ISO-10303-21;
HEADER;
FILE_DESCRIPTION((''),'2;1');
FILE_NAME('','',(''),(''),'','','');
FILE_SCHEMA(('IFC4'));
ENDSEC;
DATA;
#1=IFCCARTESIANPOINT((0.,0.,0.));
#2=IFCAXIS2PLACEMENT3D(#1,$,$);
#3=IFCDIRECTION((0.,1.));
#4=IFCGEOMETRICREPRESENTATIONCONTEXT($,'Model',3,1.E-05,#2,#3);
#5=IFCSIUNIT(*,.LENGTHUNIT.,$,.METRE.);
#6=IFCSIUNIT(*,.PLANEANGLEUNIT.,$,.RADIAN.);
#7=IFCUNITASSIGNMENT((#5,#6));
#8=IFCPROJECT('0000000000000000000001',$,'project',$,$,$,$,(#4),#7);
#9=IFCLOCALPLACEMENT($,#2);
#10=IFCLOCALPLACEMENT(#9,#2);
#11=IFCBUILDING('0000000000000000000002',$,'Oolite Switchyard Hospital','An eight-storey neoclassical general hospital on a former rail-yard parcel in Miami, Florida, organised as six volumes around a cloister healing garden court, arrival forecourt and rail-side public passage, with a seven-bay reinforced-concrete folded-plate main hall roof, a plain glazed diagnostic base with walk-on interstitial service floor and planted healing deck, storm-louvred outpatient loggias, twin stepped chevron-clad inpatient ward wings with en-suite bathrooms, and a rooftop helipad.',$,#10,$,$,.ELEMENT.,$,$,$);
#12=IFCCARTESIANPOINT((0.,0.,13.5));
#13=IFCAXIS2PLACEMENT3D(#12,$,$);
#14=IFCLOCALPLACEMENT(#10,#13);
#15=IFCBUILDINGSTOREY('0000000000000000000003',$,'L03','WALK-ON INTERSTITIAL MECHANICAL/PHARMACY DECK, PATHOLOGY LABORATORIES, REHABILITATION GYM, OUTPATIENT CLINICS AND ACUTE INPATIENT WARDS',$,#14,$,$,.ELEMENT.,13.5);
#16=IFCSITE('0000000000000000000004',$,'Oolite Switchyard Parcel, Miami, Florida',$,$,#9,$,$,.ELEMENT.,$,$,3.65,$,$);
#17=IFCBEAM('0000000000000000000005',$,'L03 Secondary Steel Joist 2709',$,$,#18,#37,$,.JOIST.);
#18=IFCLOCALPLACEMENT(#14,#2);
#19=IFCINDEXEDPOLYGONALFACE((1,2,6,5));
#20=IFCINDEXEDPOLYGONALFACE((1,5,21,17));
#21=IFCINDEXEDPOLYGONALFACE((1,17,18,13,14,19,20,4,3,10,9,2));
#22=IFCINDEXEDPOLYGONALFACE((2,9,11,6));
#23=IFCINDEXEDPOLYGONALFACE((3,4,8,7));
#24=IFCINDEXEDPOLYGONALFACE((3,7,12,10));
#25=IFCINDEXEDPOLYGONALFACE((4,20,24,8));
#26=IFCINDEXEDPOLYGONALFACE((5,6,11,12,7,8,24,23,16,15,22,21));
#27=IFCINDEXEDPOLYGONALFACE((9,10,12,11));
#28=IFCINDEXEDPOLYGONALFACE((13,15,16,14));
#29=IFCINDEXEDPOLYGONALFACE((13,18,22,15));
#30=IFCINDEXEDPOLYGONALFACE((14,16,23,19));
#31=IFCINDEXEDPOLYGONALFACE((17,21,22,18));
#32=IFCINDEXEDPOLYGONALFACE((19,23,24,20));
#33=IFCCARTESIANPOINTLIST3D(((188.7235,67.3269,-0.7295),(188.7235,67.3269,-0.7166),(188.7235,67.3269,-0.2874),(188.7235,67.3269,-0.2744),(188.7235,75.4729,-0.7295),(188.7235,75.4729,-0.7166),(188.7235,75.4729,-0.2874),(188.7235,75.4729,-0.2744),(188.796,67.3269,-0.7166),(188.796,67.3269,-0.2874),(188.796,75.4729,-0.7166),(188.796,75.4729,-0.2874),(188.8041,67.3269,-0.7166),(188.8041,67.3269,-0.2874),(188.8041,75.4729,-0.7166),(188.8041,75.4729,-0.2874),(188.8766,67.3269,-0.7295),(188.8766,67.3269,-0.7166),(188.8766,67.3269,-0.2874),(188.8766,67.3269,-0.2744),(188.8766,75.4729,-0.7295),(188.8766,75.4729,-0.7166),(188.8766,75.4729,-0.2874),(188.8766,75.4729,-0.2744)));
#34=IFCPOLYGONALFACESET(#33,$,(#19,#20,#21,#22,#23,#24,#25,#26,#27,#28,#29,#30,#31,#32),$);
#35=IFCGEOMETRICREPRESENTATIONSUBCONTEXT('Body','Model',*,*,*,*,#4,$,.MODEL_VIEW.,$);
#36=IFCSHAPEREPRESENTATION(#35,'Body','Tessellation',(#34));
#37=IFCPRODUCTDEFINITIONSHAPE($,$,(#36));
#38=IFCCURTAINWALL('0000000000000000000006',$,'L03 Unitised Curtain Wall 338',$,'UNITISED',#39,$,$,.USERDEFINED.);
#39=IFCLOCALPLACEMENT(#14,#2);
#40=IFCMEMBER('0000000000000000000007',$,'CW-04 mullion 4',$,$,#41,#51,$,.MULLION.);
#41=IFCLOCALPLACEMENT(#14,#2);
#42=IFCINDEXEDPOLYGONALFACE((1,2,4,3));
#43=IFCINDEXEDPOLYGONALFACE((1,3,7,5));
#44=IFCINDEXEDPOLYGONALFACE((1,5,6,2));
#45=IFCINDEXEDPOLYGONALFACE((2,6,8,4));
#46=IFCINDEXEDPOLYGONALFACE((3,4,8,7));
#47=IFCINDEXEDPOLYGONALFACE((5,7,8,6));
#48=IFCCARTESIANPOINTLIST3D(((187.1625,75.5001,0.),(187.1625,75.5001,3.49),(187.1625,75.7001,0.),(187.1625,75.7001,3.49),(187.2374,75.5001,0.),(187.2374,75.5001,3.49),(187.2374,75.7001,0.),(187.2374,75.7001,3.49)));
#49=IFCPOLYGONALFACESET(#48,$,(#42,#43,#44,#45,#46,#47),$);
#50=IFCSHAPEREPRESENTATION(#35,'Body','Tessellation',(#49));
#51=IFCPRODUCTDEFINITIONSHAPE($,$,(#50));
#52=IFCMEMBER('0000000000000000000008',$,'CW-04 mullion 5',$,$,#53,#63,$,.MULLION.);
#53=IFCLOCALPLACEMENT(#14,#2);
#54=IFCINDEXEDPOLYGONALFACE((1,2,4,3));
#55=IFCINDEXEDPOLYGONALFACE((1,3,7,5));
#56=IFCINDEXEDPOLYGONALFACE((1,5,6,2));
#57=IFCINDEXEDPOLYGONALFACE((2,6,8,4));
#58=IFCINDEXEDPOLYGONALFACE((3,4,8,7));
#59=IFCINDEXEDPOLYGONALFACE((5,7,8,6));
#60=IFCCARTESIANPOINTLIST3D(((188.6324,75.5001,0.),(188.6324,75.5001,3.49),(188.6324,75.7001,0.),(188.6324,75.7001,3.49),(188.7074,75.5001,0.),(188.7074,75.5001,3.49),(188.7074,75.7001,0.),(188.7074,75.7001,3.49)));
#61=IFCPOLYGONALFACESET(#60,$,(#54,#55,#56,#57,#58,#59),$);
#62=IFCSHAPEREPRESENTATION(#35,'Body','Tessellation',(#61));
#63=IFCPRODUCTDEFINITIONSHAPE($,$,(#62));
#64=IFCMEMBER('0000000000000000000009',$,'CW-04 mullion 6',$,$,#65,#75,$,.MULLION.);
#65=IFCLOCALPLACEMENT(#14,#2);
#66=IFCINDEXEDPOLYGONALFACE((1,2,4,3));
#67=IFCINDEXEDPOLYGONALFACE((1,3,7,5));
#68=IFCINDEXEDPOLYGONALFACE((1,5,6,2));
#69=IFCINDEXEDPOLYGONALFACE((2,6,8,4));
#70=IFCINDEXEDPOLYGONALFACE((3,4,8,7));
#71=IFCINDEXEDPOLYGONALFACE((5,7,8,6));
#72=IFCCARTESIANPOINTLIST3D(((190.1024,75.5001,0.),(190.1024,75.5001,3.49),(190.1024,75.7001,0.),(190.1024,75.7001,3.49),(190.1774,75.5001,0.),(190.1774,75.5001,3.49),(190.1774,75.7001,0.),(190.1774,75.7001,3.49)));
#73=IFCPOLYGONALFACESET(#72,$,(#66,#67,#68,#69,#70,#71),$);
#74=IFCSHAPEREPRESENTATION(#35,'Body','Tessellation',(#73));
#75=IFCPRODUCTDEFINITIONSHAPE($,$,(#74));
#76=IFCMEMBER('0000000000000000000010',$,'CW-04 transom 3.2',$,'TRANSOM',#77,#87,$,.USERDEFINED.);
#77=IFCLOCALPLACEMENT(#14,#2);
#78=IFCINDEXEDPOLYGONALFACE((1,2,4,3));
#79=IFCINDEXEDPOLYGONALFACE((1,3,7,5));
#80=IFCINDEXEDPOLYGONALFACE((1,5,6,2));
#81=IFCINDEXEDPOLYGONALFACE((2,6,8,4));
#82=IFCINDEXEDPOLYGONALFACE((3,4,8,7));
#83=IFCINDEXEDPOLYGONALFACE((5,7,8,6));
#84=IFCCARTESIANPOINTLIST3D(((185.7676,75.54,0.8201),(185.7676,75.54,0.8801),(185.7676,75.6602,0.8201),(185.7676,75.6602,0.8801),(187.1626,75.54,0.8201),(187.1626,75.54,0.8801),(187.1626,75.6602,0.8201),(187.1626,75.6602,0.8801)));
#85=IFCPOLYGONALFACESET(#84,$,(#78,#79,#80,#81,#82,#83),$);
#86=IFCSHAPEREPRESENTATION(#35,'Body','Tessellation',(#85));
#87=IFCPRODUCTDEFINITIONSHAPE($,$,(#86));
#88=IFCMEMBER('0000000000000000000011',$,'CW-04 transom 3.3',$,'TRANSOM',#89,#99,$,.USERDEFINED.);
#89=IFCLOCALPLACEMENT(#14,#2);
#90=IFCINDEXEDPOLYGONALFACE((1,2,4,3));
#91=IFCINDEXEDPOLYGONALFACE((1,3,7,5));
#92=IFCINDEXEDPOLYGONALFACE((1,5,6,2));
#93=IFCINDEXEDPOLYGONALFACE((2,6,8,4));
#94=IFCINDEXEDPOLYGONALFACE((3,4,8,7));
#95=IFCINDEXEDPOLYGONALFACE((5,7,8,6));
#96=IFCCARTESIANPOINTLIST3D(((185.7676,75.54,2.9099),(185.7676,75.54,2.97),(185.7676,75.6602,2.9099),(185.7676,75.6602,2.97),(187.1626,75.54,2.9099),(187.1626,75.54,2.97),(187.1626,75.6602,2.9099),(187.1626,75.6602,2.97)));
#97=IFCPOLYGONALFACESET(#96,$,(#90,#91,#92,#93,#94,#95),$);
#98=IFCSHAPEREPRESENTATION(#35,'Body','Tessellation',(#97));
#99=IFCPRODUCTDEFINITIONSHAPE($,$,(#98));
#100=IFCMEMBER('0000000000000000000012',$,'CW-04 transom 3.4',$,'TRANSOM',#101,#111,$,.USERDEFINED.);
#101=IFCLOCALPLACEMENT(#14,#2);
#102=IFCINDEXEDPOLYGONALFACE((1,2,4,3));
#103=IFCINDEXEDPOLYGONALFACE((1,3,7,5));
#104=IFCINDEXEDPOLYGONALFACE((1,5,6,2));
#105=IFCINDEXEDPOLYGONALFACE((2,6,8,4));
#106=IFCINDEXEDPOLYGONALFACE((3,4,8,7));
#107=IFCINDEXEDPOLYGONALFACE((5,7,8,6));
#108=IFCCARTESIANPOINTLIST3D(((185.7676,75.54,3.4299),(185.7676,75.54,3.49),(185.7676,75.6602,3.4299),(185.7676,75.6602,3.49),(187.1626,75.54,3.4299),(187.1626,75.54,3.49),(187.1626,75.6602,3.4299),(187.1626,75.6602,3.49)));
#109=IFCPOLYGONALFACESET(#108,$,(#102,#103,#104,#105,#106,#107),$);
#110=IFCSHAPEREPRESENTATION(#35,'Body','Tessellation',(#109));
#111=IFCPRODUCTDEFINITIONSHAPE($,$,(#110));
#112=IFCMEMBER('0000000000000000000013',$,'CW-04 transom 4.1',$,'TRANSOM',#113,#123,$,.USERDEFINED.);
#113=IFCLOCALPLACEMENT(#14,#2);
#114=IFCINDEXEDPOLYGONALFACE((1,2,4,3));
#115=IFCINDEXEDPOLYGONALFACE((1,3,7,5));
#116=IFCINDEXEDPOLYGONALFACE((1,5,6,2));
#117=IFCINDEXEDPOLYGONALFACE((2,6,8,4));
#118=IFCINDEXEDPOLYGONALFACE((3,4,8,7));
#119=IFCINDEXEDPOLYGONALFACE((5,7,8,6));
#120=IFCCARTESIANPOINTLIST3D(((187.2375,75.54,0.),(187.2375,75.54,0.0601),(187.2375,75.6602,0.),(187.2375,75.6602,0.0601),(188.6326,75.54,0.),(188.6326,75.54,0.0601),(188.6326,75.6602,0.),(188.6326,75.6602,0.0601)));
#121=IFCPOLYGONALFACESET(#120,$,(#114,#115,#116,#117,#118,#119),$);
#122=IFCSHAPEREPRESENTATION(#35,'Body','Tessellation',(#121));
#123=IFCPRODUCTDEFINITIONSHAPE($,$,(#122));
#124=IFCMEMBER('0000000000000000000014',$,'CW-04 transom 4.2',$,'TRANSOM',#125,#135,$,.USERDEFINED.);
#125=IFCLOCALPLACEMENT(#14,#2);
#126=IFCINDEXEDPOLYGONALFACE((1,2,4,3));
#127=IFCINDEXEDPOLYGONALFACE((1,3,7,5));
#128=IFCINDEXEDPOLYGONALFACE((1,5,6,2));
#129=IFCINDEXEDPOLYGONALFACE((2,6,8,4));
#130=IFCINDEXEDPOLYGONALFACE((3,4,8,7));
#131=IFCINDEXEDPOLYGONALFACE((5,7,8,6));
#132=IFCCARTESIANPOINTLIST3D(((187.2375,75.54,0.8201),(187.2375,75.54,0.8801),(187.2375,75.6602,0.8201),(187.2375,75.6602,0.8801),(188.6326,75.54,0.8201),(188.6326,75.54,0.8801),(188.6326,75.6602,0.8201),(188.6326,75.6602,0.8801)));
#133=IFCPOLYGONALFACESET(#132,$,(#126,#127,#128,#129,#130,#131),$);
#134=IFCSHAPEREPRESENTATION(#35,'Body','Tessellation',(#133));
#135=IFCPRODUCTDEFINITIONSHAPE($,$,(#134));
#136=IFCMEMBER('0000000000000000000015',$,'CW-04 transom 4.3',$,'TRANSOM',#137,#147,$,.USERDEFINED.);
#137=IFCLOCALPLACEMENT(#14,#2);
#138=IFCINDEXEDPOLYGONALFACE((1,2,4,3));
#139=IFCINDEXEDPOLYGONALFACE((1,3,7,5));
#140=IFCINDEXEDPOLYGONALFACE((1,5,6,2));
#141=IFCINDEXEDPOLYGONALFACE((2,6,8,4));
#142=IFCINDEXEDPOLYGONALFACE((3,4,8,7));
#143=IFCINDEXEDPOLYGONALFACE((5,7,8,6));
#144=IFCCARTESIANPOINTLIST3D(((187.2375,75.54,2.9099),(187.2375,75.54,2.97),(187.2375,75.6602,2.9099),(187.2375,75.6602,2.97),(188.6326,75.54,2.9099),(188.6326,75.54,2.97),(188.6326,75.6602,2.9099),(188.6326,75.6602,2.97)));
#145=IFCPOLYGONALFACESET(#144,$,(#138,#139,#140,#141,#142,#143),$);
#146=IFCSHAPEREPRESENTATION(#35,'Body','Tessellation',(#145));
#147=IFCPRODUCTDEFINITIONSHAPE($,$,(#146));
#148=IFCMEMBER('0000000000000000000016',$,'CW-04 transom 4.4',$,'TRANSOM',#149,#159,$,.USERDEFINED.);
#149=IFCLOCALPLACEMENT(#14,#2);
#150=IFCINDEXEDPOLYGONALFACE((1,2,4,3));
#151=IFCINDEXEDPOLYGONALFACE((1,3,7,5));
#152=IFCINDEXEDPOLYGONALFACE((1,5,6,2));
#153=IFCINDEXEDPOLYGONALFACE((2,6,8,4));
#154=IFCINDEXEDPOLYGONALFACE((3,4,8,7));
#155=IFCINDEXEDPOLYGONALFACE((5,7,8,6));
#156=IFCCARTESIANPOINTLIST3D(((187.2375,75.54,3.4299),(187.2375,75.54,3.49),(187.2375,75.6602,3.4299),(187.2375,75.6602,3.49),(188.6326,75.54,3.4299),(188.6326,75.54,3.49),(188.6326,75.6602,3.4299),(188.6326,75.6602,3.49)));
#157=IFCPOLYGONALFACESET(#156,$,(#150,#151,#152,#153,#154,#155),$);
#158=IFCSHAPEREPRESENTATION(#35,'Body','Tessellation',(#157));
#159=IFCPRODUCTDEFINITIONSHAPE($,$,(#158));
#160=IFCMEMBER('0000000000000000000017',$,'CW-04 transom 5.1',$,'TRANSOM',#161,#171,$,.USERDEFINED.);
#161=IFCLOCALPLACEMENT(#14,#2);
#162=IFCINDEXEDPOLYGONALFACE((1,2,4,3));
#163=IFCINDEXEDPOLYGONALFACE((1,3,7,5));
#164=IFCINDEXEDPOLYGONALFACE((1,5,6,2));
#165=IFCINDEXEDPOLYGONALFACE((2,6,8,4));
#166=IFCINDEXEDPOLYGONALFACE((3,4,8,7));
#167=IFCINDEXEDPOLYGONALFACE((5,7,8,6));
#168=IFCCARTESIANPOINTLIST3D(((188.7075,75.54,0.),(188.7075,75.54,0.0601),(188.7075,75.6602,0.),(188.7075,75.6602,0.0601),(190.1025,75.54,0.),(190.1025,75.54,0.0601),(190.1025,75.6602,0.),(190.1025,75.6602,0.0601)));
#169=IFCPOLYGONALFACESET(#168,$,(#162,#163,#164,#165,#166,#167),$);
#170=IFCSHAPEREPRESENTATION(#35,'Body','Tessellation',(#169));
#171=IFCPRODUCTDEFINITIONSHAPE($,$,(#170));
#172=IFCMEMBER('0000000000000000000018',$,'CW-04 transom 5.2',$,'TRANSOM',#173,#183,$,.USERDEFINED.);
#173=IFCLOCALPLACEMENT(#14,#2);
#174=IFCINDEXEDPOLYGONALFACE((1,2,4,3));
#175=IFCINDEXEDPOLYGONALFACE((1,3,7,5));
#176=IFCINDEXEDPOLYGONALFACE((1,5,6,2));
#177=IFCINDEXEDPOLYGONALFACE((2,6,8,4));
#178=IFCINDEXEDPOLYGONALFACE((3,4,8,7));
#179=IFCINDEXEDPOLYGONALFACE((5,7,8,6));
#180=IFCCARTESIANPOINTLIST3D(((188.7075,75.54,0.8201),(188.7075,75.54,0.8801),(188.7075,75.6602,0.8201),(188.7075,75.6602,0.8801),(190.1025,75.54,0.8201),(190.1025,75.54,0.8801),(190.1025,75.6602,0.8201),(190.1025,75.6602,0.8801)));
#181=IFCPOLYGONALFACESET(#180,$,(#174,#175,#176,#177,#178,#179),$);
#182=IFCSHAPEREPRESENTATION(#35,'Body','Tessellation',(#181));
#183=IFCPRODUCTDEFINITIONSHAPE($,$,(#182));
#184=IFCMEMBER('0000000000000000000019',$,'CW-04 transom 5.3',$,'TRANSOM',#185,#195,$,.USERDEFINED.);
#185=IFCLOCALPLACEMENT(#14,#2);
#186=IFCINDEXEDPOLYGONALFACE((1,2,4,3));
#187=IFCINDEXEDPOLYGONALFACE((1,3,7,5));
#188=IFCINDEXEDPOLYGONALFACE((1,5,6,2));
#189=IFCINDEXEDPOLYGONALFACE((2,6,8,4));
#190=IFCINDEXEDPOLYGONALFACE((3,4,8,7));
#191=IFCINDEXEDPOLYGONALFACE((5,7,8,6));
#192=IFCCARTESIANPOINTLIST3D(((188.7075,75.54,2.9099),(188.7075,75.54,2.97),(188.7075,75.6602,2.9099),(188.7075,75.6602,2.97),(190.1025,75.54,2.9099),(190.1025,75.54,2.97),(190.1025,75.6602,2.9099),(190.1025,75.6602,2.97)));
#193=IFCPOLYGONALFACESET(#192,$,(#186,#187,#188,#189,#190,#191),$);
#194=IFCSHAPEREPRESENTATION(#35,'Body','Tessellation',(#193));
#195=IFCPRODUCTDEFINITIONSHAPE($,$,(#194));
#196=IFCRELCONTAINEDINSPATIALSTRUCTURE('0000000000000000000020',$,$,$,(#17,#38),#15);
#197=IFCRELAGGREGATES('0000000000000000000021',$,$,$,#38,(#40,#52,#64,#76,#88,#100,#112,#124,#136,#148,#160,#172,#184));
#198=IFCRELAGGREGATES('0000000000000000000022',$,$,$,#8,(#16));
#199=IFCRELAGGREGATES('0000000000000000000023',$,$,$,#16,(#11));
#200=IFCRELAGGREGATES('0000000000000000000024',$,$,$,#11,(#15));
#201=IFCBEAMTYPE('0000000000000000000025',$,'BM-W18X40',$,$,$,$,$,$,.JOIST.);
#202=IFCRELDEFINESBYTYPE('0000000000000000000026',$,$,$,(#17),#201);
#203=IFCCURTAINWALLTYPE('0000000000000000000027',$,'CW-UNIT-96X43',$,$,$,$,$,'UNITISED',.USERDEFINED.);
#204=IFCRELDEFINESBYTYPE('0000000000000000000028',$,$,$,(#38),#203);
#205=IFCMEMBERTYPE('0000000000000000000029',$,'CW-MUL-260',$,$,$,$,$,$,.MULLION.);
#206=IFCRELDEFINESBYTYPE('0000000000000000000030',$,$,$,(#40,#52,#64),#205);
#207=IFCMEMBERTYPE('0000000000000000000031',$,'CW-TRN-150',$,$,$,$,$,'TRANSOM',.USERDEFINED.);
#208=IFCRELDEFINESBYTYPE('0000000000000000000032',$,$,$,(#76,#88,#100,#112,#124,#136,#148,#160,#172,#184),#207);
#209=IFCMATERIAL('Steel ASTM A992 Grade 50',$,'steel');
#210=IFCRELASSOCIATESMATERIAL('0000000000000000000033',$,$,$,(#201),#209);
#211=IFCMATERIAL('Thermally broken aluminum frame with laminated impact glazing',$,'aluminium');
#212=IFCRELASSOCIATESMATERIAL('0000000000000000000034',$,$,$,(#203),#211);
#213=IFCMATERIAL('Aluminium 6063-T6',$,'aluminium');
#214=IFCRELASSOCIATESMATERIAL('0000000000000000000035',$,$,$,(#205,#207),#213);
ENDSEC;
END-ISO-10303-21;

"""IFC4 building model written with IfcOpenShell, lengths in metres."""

from ifc_helpers import new_model, si_unit, direction, frame, origin, origin_2d, place, context, subcontext, project, spatial, rectangle, i_section, extrude, material, material_profile, profile_set, type_object, element, aggregate, save


model = new_model("IFC4")

# Units and contexts
model_context = context("Model", 3, precision=1e-05, world=origin(), true_north=direction((0.0, 1.0)))
body_context = subcontext(model_context, "Body", "Model", "MODEL_VIEW")
ifc_project = project(units=[si_unit("LENGTHUNIT", "METRE"), si_unit("PLANEANGLEUNIT", "RADIAN")], contexts=[model_context])

# Site, building, storey
site_placement = place(None, origin())
site = spatial("IfcSite", under=ifc_project, at=site_placement, Name="Oolite Switchyard Parcel, Miami, Florida", CompositionType="ELEMENT", RefElevation=3.65)
building_placement = place(site_placement, origin())
building = spatial("IfcBuilding", under=site, at=building_placement, Name="Oolite Switchyard Hospital", Description="An eight-storey neoclassical general hospital on a former rail-yard parcel in Miami, Florida, organised as six volumes around a cloister healing garden court, arrival forecourt and rail-side public passage, with a seven-bay reinforced-concrete folded-plate main hall roof, a plain glazed diagnostic base with walk-on interstitial service floor and planted healing deck, storm-louvred outpatient loggias, twin stepped chevron-clad inpatient ward wings with en-suite bathrooms, and a rooftop helipad.", CompositionType="ELEMENT")
storey_placement = place(building_placement, frame((0.0, 0.0, 13.5)))
storey = spatial("IfcBuildingStorey", under=building, at=storey_placement, Name="L03", Description="WALK-ON INTERSTITIAL MECHANICAL/PHARMACY DECK, PATHOLOGY LABORATORIES, REHABILITATION GYM, OUTPATIENT CLINICS AND ACUTE INPATIENT WARDS", CompositionType="ELEMENT", Elevation=13.5)

# Beam
ifc_material_1 = material(Name="Steel ASTM A992 Grade 50", Category="steel")
ifc_material_profile_1 = material_profile(ifc_material_1, i_section(OverallWidth=0.1531, OverallDepth=0.4551, WebThickness=0.0081, FlangeThickness=0.0129, at=origin_2d()), Name="W18X40")
ifc_profile_set_1 = profile_set([ifc_material_profile_1], Name="Steel ASTM A992 Grade 50")
beam_type = type_object("IfcBeamType", Name="BM-W18X40", PredefinedType="JOIST", material=ifc_profile_set_1)
beam_placement = place(storey_placement, frame((188.8, 67.3269, -0.502), z_axis=(0.0, 1.0, 0.0), x_axis=(-1.0, 0.0, 0.0)))
element("IfcBeam", 1, at=beam_placement, inside=storey, type_object=beam_type, Name="L03 Secondary Steel Joist 2709", PredefinedType="JOIST", context=body_context, shape_type="SweptSolid", body=[
    extrude(i_section(OverallWidth=0.1531, OverallDepth=0.4551, WebThickness=0.0081, FlangeThickness=0.0129, at=origin_2d()), origin(), (0.0, 0.0, 1.0), 8.146),
])

# Curtain wall, members
ifc_material_2 = material(Name="Thermally broken aluminum frame with laminated impact glazing", Category="aluminium")
curtain_wall_type = type_object("IfcCurtainWallType", Name="CW-UNIT-96X43", ElementType="UNITISED", PredefinedType="USERDEFINED", material=ifc_material_2)
curtain_wall_placement = place(storey_placement, origin())
curtain_wall = element("IfcCurtainWall", 2, at=curtain_wall_placement, inside=storey, type_object=curtain_wall_type, Name="L03 Unitised Curtain Wall 338", ObjectType="UNITISED", PredefinedType="USERDEFINED")
ifc_material_3 = material(Name="Aluminium 6063-T6", Category="aluminium")
ifc_material_profile_2 = material_profile(ifc_material_3, rectangle(XDim=0.2, YDim=0.075, at=origin_2d()), Name="CWM75X200")
ifc_profile_set_2 = profile_set([ifc_material_profile_2], Name="Aluminium 6063-T6")
member_type_1 = type_object("IfcMemberType", Name="CW-MUL-260", PredefinedType="MULLION", material=ifc_profile_set_2)
member_1_placement = place(storey_placement, frame((187.2, 75.6001, 0.0), z_axis=(0.0, 0.0, 1.0), x_axis=(0.0, 1.0, 0.0)))
member_1 = element("IfcMember", 3, at=member_1_placement, type_object=member_type_1, Name="CW-04 mullion 4", PredefinedType="MULLION", context=body_context, shape_type="SweptSolid", body=[
    extrude(rectangle(XDim=0.2, YDim=0.075, at=origin_2d()), origin(), (0.0, 0.0, 1.0), 3.49),
])
member_2_placement = place(storey_placement, frame((188.6699, 75.6001, 0.0), z_axis=(0.0, 0.0, 1.0), x_axis=(0.0, 1.0, 0.0)))
member_2 = element("IfcMember", 4, at=member_2_placement, type_object=member_type_1, Name="CW-04 mullion 5", PredefinedType="MULLION", context=body_context, shape_type="SweptSolid", body=[
    extrude(rectangle(XDim=0.2, YDim=0.075, at=origin_2d()), origin(), (0.0, 0.0, 1.0), 3.49),
])
member_3_placement = place(storey_placement, frame((190.1399, 75.6001, 0.0), z_axis=(0.0, 0.0, 1.0), x_axis=(0.0, 1.0, 0.0)))
member_3 = element("IfcMember", 5, at=member_3_placement, type_object=member_type_1, Name="CW-04 mullion 6", PredefinedType="MULLION", context=body_context, shape_type="SweptSolid", body=[
    extrude(rectangle(XDim=0.2, YDim=0.075, at=origin_2d()), origin(), (0.0, 0.0, 1.0), 3.49),
])
ifc_material_profile_3 = material_profile(ifc_material_3, rectangle(XDim=0.1201, YDim=0.0601, at=origin_2d()), Name="CWT60X120")
ifc_profile_set_3 = profile_set([ifc_material_profile_3], Name="Aluminium 6063-T6")
member_type_2 = type_object("IfcMemberType", Name="CW-TRN-150", ElementType="TRANSOM", PredefinedType="USERDEFINED", material=ifc_profile_set_3)
member_4_placement = place(storey_placement, frame((185.7676, 75.6001, 0.8501), z_axis=(1.0, 0.0, 0.0), x_axis=(0.0, 1.0, 0.0)))
member_4 = element("IfcMember", 6, at=member_4_placement, type_object=member_type_2, Name="CW-04 transom 3.2", ObjectType="TRANSOM", PredefinedType="USERDEFINED", context=body_context, shape_type="SweptSolid", body=[
    extrude(rectangle(XDim=0.1201, YDim=0.0601, at=origin_2d()), origin(), (0.0, 0.0, 1.0), 1.395),
])
member_5_placement = place(storey_placement, frame((185.7676, 75.6001, 2.9399), z_axis=(1.0, 0.0, 0.0), x_axis=(0.0, 1.0, 0.0)))
member_5 = element("IfcMember", 7, at=member_5_placement, type_object=member_type_2, Name="CW-04 transom 3.3", ObjectType="TRANSOM", PredefinedType="USERDEFINED", context=body_context, shape_type="SweptSolid", body=[
    extrude(rectangle(XDim=0.1201, YDim=0.0601, at=origin_2d()), origin(), (0.0, 0.0, 1.0), 1.395),
])
member_6_placement = place(storey_placement, frame((185.7676, 75.6001, 3.46), z_axis=(1.0, 0.0, 0.0), x_axis=(0.0, 1.0, 0.0)))
member_6 = element("IfcMember", 8, at=member_6_placement, type_object=member_type_2, Name="CW-04 transom 3.4", ObjectType="TRANSOM", PredefinedType="USERDEFINED", context=body_context, shape_type="SweptSolid", body=[
    extrude(rectangle(XDim=0.1201, YDim=0.0601, at=origin_2d()), origin(), (0.0, 0.0, 1.0), 1.395),
])
member_7_placement = place(storey_placement, frame((187.2375, 75.6001, 0.03), z_axis=(1.0, 0.0, 0.0), x_axis=(0.0, 1.0, 0.0)))
member_7 = element("IfcMember", 9, at=member_7_placement, type_object=member_type_2, Name="CW-04 transom 4.1", ObjectType="TRANSOM", PredefinedType="USERDEFINED", context=body_context, shape_type="SweptSolid", body=[
    extrude(rectangle(XDim=0.1201, YDim=0.0601, at=origin_2d()), origin(), (0.0, 0.0, 1.0), 1.395),
])
member_8_placement = place(storey_placement, frame((187.2375, 75.6001, 0.8501), z_axis=(1.0, 0.0, 0.0), x_axis=(0.0, 1.0, 0.0)))
member_8 = element("IfcMember", 10, at=member_8_placement, type_object=member_type_2, Name="CW-04 transom 4.2", ObjectType="TRANSOM", PredefinedType="USERDEFINED", context=body_context, shape_type="SweptSolid", body=[
    extrude(rectangle(XDim=0.1201, YDim=0.0601, at=origin_2d()), origin(), (0.0, 0.0, 1.0), 1.395),
])
member_9_placement = place(storey_placement, frame((187.2375, 75.6001, 2.9399), z_axis=(1.0, 0.0, 0.0), x_axis=(0.0, 1.0, 0.0)))
member_9 = element("IfcMember", 11, at=member_9_placement, type_object=member_type_2, Name="CW-04 transom 4.3", ObjectType="TRANSOM", PredefinedType="USERDEFINED", context=body_context, shape_type="SweptSolid", body=[
    extrude(rectangle(XDim=0.1201, YDim=0.0601, at=origin_2d()), origin(), (0.0, 0.0, 1.0), 1.395),
])
member_10_placement = place(storey_placement, frame((187.2375, 75.6001, 3.46), z_axis=(1.0, 0.0, 0.0), x_axis=(0.0, 1.0, 0.0)))
member_10 = element("IfcMember", 12, at=member_10_placement, type_object=member_type_2, Name="CW-04 transom 4.4", ObjectType="TRANSOM", PredefinedType="USERDEFINED", context=body_context, shape_type="SweptSolid", body=[
    extrude(rectangle(XDim=0.1201, YDim=0.0601, at=origin_2d()), origin(), (0.0, 0.0, 1.0), 1.395),
])
member_11_placement = place(storey_placement, frame((188.7075, 75.6001, 0.03), z_axis=(1.0, 0.0, 0.0), x_axis=(0.0, 1.0, 0.0)))
member_11 = element("IfcMember", 13, at=member_11_placement, type_object=member_type_2, Name="CW-04 transom 5.1", ObjectType="TRANSOM", PredefinedType="USERDEFINED", context=body_context, shape_type="SweptSolid", body=[
    extrude(rectangle(XDim=0.1201, YDim=0.0601, at=origin_2d()), origin(), (0.0, 0.0, 1.0), 1.395),
])
member_12_placement = place(storey_placement, frame((188.7075, 75.6001, 0.8501), z_axis=(1.0, 0.0, 0.0), x_axis=(0.0, 1.0, 0.0)))
member_12 = element("IfcMember", 14, at=member_12_placement, type_object=member_type_2, Name="CW-04 transom 5.2", ObjectType="TRANSOM", PredefinedType="USERDEFINED", context=body_context, shape_type="SweptSolid", body=[
    extrude(rectangle(XDim=0.1201, YDim=0.0601, at=origin_2d()), origin(), (0.0, 0.0, 1.0), 1.395),
])
member_13_placement = place(storey_placement, frame((188.7075, 75.6001, 2.9399), z_axis=(1.0, 0.0, 0.0), x_axis=(0.0, 1.0, 0.0)))
member_13 = element("IfcMember", 15, at=member_13_placement, type_object=member_type_2, Name="CW-04 transom 5.3", ObjectType="TRANSOM", PredefinedType="USERDEFINED", context=body_context, shape_type="SweptSolid", body=[
    extrude(rectangle(XDim=0.1201, YDim=0.0601, at=origin_2d()), origin(), (0.0, 0.0, 1.0), 1.395),
])
aggregate(curtain_wall, [member_1, member_2, member_3, member_4, member_5, member_6, member_7, member_8, member_9, member_10, member_11, member_12, member_13])

save(model, "model.ifc")
